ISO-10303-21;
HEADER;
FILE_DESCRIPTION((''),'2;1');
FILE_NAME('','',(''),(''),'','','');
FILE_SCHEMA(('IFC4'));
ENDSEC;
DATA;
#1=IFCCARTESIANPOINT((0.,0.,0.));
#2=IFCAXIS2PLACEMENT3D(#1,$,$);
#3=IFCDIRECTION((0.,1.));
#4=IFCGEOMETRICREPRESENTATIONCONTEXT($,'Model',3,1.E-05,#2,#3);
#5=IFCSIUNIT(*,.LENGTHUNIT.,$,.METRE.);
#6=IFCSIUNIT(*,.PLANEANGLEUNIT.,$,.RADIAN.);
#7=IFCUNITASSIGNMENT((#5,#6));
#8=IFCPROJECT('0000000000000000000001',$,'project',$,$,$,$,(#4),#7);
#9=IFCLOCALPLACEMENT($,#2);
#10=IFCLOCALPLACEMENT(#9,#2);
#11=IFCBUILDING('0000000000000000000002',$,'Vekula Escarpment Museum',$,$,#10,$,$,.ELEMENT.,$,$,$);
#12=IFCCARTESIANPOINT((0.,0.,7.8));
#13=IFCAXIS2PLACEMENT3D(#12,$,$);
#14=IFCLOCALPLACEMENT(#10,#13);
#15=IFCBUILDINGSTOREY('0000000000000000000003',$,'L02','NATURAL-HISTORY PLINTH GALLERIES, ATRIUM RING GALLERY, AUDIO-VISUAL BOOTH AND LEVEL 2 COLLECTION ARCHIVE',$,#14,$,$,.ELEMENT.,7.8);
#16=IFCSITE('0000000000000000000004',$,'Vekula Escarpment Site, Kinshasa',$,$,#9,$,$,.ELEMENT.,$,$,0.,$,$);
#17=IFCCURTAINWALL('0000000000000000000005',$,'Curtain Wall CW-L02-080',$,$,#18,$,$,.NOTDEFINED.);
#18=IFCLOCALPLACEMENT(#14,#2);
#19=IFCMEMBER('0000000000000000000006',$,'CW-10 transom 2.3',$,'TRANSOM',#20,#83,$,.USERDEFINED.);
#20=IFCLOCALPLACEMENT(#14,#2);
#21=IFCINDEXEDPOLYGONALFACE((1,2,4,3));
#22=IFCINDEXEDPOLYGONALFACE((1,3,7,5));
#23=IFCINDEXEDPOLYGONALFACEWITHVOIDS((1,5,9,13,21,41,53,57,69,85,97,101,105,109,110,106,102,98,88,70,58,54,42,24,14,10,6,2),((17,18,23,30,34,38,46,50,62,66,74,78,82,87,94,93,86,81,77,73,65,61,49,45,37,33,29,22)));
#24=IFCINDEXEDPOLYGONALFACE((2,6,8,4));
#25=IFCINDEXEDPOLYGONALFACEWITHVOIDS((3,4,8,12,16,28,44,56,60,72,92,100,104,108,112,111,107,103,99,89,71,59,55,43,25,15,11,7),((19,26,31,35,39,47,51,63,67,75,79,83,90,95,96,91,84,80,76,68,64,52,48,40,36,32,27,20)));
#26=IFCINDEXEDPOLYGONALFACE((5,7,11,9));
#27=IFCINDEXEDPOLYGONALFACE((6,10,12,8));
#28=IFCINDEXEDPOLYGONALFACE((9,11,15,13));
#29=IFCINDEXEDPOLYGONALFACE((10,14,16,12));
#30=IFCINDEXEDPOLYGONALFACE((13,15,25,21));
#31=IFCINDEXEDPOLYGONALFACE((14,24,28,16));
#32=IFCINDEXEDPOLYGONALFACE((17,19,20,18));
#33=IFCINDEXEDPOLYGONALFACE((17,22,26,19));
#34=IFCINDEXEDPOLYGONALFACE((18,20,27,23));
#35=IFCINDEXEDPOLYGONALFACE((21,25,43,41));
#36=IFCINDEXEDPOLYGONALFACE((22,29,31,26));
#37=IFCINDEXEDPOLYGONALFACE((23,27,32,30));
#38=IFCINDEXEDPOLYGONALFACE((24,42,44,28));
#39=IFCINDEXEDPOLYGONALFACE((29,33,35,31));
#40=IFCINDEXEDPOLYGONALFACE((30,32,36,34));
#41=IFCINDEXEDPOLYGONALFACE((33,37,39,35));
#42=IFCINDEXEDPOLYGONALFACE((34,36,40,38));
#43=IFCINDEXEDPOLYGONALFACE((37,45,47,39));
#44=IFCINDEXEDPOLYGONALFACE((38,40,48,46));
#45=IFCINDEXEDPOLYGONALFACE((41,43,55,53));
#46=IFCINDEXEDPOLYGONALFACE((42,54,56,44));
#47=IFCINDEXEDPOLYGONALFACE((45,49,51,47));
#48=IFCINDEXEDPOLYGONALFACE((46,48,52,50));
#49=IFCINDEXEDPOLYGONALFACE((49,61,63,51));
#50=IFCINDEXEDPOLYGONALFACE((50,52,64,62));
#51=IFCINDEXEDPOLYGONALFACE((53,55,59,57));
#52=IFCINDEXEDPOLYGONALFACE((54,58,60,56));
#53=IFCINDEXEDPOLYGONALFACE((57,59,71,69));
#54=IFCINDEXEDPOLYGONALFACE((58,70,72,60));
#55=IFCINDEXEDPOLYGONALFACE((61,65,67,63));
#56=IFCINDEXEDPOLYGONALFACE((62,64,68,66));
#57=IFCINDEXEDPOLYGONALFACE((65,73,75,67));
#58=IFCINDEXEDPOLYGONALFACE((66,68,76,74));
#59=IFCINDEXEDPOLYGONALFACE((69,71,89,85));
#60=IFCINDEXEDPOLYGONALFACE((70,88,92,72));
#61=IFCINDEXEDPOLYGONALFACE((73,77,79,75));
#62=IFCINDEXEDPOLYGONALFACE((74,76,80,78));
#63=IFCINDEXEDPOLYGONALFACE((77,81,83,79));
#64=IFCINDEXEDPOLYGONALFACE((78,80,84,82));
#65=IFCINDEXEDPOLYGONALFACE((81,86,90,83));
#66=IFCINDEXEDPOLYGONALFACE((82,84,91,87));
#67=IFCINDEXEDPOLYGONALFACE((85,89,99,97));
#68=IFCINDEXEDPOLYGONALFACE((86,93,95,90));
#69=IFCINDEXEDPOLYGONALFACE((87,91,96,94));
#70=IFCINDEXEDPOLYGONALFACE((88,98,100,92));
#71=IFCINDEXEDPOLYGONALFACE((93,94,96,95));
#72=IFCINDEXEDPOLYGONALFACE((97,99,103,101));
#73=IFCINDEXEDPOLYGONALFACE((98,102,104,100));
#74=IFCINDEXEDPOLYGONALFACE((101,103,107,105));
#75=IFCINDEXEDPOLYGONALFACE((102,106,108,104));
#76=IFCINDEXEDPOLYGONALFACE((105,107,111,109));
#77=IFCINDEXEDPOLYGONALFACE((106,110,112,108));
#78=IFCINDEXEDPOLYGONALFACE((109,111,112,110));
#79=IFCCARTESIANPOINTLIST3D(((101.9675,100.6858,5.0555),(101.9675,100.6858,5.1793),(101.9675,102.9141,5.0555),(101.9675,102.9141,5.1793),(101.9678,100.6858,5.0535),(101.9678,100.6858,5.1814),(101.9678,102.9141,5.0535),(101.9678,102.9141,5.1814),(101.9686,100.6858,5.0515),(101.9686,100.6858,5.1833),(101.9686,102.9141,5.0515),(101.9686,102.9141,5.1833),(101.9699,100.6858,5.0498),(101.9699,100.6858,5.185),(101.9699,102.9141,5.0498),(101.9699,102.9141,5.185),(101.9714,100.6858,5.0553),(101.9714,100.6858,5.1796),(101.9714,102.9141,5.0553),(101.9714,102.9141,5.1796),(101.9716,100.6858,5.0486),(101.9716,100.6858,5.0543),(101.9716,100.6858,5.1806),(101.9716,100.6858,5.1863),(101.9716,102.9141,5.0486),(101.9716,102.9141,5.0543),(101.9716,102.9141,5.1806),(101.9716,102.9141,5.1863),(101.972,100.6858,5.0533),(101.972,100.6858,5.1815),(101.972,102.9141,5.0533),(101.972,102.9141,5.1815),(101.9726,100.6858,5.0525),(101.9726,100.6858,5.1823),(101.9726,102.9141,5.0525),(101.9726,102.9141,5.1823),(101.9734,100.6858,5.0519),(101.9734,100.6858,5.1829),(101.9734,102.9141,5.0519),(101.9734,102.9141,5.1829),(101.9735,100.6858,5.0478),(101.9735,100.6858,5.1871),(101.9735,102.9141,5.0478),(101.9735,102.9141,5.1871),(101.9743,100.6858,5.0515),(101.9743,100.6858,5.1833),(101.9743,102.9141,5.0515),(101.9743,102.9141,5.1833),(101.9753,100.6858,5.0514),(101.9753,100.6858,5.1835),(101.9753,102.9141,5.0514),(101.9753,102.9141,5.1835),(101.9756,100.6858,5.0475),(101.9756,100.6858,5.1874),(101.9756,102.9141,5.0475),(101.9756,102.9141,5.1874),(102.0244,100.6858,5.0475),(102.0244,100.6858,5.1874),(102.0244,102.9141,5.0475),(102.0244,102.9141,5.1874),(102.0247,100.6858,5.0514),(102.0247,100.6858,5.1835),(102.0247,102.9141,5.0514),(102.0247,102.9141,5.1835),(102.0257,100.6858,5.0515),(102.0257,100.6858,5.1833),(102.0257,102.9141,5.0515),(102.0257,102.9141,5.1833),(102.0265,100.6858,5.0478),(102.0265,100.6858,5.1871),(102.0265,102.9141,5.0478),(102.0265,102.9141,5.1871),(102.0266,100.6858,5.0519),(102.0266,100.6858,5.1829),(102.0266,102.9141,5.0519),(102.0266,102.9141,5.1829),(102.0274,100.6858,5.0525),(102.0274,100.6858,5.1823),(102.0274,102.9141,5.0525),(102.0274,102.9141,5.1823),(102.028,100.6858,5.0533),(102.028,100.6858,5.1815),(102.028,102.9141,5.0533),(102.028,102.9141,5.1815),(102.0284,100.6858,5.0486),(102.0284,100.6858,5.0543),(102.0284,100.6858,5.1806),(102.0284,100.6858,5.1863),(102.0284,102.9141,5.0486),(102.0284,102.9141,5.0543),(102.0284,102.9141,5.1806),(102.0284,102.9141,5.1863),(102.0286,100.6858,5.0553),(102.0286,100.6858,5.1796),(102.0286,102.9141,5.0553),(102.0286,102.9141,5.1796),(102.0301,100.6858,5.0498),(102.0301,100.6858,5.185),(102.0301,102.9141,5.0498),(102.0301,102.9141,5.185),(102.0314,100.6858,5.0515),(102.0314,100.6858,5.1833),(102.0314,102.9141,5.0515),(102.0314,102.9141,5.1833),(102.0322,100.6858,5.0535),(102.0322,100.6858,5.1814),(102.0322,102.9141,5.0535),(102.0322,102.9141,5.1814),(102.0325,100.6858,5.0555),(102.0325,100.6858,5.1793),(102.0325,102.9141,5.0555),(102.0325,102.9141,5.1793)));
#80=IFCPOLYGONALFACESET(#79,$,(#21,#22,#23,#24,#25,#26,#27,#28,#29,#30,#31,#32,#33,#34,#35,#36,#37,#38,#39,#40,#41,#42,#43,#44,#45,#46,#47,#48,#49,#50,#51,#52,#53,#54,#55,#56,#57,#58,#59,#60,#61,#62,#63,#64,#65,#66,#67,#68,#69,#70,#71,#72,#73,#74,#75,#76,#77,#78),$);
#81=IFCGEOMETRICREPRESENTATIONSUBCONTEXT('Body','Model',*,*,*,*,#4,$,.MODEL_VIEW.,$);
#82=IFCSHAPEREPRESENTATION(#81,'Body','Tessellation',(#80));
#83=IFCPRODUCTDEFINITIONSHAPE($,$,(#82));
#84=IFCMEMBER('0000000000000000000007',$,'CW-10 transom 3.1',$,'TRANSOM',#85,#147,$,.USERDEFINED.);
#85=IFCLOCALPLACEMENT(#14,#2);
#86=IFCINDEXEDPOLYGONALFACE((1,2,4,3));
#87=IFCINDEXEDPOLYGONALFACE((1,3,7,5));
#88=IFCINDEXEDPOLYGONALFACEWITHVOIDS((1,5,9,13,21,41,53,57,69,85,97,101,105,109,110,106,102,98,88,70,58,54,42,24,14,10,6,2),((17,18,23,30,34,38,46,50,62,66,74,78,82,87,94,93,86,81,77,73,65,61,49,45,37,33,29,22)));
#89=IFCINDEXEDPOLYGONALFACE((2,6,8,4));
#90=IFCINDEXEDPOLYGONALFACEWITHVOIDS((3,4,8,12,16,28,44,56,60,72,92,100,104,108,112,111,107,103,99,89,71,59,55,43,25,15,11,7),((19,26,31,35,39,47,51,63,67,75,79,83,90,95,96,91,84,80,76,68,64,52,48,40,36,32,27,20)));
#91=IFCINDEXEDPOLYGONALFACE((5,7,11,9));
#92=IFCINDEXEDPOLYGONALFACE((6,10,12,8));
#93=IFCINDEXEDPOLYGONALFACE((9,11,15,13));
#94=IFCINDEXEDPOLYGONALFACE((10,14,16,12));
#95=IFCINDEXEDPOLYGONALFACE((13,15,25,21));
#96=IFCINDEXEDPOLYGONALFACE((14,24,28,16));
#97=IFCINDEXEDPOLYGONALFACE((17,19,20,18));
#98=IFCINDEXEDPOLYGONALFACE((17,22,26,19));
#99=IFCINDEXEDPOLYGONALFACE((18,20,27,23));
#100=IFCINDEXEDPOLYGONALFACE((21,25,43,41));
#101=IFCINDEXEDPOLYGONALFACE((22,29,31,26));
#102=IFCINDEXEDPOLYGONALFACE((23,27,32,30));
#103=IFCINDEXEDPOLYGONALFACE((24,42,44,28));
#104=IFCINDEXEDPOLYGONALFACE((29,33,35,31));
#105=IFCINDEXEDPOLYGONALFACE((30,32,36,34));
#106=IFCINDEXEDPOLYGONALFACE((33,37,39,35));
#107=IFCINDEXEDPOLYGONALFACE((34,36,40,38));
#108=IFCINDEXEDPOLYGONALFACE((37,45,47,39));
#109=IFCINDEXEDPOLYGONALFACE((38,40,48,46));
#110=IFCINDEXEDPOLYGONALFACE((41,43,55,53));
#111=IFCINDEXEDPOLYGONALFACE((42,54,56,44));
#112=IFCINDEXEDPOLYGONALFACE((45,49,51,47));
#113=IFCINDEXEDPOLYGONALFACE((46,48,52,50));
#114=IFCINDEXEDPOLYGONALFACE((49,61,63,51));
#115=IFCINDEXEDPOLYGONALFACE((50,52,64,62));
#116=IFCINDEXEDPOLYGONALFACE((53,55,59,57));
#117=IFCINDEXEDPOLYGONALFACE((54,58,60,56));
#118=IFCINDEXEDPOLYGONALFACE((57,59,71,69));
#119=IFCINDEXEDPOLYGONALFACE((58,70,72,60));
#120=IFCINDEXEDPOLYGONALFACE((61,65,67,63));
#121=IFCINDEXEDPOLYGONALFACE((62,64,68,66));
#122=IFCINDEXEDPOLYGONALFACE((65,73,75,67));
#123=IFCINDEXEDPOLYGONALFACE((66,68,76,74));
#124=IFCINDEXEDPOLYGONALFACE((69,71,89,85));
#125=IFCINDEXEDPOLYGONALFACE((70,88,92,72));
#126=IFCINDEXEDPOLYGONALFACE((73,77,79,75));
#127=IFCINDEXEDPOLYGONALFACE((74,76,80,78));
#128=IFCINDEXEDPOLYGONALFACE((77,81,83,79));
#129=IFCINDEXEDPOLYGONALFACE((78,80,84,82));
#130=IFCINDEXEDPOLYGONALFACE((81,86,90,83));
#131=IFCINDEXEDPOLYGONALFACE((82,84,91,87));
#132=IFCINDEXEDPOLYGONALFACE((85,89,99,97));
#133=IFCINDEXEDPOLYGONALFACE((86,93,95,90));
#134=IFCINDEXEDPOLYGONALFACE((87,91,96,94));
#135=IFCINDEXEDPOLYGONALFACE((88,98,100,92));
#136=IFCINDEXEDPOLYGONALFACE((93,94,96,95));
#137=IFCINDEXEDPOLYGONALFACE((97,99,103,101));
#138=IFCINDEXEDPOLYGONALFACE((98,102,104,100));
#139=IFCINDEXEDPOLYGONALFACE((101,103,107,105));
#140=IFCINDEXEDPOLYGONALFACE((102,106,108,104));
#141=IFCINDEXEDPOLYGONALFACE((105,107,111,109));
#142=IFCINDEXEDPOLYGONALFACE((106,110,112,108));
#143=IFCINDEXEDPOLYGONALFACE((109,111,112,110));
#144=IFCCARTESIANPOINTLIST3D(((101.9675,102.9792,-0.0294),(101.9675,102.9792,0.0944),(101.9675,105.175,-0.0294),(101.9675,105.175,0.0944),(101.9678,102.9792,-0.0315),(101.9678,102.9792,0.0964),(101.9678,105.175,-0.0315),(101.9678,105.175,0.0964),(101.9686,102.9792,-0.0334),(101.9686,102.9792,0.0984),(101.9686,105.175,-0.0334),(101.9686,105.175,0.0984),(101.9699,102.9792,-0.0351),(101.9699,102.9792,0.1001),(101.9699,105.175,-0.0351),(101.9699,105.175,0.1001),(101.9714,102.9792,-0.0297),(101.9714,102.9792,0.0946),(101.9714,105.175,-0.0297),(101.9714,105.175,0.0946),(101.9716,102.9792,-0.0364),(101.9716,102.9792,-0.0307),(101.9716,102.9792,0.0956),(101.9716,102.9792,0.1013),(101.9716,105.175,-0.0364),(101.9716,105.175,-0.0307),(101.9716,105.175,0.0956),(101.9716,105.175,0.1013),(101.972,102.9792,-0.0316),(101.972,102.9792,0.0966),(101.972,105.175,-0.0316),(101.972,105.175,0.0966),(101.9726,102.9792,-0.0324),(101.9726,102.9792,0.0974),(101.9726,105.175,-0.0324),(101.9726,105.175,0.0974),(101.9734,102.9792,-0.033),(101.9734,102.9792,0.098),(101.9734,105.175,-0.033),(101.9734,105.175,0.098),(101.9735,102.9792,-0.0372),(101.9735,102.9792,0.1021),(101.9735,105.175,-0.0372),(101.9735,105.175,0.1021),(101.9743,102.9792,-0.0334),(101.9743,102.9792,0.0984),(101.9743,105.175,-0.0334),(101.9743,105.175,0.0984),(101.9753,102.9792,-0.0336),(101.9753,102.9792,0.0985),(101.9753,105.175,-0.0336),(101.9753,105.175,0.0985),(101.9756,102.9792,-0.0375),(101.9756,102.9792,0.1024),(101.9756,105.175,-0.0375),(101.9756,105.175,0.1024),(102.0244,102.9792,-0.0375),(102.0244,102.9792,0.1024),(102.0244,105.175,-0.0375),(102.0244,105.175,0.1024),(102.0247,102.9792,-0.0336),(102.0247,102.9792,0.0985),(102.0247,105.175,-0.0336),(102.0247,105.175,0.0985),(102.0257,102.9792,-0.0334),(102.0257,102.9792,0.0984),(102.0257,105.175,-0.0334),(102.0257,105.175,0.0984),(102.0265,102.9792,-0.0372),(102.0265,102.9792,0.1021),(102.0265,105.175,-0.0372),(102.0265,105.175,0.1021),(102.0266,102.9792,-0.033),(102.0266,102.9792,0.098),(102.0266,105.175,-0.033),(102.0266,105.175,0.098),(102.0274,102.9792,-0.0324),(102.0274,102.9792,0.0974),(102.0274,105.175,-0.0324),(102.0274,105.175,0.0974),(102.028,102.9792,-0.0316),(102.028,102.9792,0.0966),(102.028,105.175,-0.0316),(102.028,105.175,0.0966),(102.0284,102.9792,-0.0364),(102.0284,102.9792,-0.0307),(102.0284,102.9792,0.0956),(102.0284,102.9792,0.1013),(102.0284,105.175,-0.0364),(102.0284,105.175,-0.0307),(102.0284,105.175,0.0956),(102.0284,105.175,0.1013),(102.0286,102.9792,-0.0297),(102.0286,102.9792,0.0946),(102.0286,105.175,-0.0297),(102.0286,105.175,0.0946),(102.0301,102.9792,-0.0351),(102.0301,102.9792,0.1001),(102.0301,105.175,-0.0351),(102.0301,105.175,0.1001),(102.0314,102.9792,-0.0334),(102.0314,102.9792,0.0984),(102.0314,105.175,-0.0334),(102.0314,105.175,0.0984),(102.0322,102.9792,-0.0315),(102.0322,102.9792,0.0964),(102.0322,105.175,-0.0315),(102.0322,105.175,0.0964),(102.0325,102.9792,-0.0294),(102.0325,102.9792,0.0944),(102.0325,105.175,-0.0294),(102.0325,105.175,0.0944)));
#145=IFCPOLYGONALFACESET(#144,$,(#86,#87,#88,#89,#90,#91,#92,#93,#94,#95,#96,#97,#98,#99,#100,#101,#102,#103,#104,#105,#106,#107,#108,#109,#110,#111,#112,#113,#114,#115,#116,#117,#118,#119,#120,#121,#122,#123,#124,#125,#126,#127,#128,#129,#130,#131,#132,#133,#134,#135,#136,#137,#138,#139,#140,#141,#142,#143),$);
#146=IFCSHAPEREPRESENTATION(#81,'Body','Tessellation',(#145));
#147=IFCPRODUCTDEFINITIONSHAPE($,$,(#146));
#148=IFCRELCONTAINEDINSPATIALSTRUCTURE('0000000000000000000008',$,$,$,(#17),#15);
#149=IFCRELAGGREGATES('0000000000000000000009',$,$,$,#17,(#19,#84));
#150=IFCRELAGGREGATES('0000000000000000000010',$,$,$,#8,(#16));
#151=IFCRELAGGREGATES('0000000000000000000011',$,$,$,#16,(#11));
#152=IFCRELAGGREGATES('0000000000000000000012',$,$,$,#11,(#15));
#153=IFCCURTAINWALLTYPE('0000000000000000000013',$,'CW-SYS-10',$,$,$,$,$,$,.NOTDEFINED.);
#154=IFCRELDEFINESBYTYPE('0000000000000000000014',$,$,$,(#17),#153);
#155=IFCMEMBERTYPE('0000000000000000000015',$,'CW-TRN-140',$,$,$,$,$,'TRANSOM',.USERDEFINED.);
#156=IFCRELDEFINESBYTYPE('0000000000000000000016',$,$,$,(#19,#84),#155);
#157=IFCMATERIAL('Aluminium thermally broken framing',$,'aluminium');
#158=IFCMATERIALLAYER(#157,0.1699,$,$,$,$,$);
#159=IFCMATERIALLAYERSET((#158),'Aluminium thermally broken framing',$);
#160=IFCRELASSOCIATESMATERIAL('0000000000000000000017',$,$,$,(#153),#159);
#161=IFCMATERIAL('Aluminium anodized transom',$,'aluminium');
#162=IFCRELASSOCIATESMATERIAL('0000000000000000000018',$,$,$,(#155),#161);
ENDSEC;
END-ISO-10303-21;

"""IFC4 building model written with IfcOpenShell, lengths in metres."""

from ifc_helpers import new_model, si_unit, direction, frame, origin, origin_2d, place, context, subcontext, project, spatial, hollow_rectangle, extrude, material, layer, layer_set, material_profile, profile_set, type_object, element, aggregate, save


model = new_model("IFC4")

# Units and contexts
model_context = context("Model", 3, precision=1e-05, world=origin(), true_north=direction((0.0, 1.0)))
body_context = subcontext(model_context, "Body", "Model", "MODEL_VIEW")
ifc_project = project(units=[si_unit("LENGTHUNIT", "METRE"), si_unit("PLANEANGLEUNIT", "RADIAN")], contexts=[model_context])

# Site, building, storey
site_placement = place(None, origin())
site = spatial("IfcSite", under=ifc_project, at=site_placement, Name="Vekula Escarpment Site, Kinshasa", CompositionType="ELEMENT", RefElevation=0.0)
building_placement = place(site_placement, origin())
building = spatial("IfcBuilding", under=site, at=building_placement, Name="Vekula Escarpment Museum", CompositionType="ELEMENT")
storey_placement = place(building_placement, frame((0.0, 0.0, 7.8)))
storey = spatial("IfcBuildingStorey", under=building, at=storey_placement, Name="L02", Description="NATURAL-HISTORY PLINTH GALLERIES, ATRIUM RING GALLERY, AUDIO-VISUAL BOOTH AND LEVEL 2 COLLECTION ARCHIVE", CompositionType="ELEMENT", Elevation=7.8)

# Curtain wall
ifc_material_1 = material(Name="Aluminium thermally broken framing", Category="aluminium")
ifc_layer_1 = layer(ifc_material_1, 0.1699)
ifc_layer_set_1 = layer_set([ifc_layer_1], Name="Aluminium thermally broken framing")
curtain_wall_type_1 = type_object("IfcCurtainWallType", Name="CW-SYS-10", PredefinedType="NOTDEFINED", material=ifc_layer_set_1)
curtain_wall_1_placement = place(storey_placement, origin())
curtain_wall_1 = element("IfcCurtainWall", 1, at=curtain_wall_1_placement, inside=storey, type_object=curtain_wall_type_1, Name="Curtain Wall CW-L02-080", PredefinedType="NOTDEFINED")

# Members
ifc_material_2 = material(Name="Aluminium anodized transom", Category="aluminium")
ifc_material_profile_1 = material_profile(ifc_material_2, hollow_rectangle(XDim=0.0649, YDim=0.1399, WallThickness=0.0039, InnerFilletRadius=0.0039, OuterFilletRadius=0.0081, at=origin_2d()), Name="ALU 140x65x4")
ifc_profile_set_1 = profile_set([ifc_material_profile_1], Name="Aluminium anodized transom")
member_type_1 = type_object("IfcMemberType", Name="CW-TRN-140", ElementType="TRANSOM", PredefinedType="USERDEFINED", material=ifc_profile_set_1)
member_1_placement = place(storey_placement, frame((102.0, 100.6858, 5.1174), z_axis=(0.0, 1.0, 0.0), x_axis=(-1.0, 0.0, 0.0)))
member_1 = element("IfcMember", 2, at=member_1_placement, type_object=member_type_1, Name="CW-10 transom 2.3", ObjectType="TRANSOM", PredefinedType="USERDEFINED", context=body_context, shape_type="SweptSolid", body=[
    extrude(hollow_rectangle(XDim=0.0649, YDim=0.1399, WallThickness=0.0039, InnerFilletRadius=0.0039, OuterFilletRadius=0.0081, at=origin_2d()), origin(), (0.0, 0.0, 1.0), 2.2283),
])
member_2_placement = place(storey_placement, frame((102.0, 102.9792, 0.0325), z_axis=(0.0, 1.0, 0.0), x_axis=(-1.0, 0.0, 0.0)))
member_2 = element("IfcMember", 3, at=member_2_placement, type_object=member_type_1, Name="CW-10 transom 3.1", ObjectType="TRANSOM", PredefinedType="USERDEFINED", context=body_context, shape_type="SweptSolid", body=[
    extrude(hollow_rectangle(XDim=0.0649, YDim=0.1399, WallThickness=0.0039, InnerFilletRadius=0.0039, OuterFilletRadius=0.0081, at=origin_2d()), origin(), (0.0, 0.0, 1.0), 2.1958),
])

aggregate(curtain_wall_1, [member_1, member_2])

save(model, "model.ifc")
